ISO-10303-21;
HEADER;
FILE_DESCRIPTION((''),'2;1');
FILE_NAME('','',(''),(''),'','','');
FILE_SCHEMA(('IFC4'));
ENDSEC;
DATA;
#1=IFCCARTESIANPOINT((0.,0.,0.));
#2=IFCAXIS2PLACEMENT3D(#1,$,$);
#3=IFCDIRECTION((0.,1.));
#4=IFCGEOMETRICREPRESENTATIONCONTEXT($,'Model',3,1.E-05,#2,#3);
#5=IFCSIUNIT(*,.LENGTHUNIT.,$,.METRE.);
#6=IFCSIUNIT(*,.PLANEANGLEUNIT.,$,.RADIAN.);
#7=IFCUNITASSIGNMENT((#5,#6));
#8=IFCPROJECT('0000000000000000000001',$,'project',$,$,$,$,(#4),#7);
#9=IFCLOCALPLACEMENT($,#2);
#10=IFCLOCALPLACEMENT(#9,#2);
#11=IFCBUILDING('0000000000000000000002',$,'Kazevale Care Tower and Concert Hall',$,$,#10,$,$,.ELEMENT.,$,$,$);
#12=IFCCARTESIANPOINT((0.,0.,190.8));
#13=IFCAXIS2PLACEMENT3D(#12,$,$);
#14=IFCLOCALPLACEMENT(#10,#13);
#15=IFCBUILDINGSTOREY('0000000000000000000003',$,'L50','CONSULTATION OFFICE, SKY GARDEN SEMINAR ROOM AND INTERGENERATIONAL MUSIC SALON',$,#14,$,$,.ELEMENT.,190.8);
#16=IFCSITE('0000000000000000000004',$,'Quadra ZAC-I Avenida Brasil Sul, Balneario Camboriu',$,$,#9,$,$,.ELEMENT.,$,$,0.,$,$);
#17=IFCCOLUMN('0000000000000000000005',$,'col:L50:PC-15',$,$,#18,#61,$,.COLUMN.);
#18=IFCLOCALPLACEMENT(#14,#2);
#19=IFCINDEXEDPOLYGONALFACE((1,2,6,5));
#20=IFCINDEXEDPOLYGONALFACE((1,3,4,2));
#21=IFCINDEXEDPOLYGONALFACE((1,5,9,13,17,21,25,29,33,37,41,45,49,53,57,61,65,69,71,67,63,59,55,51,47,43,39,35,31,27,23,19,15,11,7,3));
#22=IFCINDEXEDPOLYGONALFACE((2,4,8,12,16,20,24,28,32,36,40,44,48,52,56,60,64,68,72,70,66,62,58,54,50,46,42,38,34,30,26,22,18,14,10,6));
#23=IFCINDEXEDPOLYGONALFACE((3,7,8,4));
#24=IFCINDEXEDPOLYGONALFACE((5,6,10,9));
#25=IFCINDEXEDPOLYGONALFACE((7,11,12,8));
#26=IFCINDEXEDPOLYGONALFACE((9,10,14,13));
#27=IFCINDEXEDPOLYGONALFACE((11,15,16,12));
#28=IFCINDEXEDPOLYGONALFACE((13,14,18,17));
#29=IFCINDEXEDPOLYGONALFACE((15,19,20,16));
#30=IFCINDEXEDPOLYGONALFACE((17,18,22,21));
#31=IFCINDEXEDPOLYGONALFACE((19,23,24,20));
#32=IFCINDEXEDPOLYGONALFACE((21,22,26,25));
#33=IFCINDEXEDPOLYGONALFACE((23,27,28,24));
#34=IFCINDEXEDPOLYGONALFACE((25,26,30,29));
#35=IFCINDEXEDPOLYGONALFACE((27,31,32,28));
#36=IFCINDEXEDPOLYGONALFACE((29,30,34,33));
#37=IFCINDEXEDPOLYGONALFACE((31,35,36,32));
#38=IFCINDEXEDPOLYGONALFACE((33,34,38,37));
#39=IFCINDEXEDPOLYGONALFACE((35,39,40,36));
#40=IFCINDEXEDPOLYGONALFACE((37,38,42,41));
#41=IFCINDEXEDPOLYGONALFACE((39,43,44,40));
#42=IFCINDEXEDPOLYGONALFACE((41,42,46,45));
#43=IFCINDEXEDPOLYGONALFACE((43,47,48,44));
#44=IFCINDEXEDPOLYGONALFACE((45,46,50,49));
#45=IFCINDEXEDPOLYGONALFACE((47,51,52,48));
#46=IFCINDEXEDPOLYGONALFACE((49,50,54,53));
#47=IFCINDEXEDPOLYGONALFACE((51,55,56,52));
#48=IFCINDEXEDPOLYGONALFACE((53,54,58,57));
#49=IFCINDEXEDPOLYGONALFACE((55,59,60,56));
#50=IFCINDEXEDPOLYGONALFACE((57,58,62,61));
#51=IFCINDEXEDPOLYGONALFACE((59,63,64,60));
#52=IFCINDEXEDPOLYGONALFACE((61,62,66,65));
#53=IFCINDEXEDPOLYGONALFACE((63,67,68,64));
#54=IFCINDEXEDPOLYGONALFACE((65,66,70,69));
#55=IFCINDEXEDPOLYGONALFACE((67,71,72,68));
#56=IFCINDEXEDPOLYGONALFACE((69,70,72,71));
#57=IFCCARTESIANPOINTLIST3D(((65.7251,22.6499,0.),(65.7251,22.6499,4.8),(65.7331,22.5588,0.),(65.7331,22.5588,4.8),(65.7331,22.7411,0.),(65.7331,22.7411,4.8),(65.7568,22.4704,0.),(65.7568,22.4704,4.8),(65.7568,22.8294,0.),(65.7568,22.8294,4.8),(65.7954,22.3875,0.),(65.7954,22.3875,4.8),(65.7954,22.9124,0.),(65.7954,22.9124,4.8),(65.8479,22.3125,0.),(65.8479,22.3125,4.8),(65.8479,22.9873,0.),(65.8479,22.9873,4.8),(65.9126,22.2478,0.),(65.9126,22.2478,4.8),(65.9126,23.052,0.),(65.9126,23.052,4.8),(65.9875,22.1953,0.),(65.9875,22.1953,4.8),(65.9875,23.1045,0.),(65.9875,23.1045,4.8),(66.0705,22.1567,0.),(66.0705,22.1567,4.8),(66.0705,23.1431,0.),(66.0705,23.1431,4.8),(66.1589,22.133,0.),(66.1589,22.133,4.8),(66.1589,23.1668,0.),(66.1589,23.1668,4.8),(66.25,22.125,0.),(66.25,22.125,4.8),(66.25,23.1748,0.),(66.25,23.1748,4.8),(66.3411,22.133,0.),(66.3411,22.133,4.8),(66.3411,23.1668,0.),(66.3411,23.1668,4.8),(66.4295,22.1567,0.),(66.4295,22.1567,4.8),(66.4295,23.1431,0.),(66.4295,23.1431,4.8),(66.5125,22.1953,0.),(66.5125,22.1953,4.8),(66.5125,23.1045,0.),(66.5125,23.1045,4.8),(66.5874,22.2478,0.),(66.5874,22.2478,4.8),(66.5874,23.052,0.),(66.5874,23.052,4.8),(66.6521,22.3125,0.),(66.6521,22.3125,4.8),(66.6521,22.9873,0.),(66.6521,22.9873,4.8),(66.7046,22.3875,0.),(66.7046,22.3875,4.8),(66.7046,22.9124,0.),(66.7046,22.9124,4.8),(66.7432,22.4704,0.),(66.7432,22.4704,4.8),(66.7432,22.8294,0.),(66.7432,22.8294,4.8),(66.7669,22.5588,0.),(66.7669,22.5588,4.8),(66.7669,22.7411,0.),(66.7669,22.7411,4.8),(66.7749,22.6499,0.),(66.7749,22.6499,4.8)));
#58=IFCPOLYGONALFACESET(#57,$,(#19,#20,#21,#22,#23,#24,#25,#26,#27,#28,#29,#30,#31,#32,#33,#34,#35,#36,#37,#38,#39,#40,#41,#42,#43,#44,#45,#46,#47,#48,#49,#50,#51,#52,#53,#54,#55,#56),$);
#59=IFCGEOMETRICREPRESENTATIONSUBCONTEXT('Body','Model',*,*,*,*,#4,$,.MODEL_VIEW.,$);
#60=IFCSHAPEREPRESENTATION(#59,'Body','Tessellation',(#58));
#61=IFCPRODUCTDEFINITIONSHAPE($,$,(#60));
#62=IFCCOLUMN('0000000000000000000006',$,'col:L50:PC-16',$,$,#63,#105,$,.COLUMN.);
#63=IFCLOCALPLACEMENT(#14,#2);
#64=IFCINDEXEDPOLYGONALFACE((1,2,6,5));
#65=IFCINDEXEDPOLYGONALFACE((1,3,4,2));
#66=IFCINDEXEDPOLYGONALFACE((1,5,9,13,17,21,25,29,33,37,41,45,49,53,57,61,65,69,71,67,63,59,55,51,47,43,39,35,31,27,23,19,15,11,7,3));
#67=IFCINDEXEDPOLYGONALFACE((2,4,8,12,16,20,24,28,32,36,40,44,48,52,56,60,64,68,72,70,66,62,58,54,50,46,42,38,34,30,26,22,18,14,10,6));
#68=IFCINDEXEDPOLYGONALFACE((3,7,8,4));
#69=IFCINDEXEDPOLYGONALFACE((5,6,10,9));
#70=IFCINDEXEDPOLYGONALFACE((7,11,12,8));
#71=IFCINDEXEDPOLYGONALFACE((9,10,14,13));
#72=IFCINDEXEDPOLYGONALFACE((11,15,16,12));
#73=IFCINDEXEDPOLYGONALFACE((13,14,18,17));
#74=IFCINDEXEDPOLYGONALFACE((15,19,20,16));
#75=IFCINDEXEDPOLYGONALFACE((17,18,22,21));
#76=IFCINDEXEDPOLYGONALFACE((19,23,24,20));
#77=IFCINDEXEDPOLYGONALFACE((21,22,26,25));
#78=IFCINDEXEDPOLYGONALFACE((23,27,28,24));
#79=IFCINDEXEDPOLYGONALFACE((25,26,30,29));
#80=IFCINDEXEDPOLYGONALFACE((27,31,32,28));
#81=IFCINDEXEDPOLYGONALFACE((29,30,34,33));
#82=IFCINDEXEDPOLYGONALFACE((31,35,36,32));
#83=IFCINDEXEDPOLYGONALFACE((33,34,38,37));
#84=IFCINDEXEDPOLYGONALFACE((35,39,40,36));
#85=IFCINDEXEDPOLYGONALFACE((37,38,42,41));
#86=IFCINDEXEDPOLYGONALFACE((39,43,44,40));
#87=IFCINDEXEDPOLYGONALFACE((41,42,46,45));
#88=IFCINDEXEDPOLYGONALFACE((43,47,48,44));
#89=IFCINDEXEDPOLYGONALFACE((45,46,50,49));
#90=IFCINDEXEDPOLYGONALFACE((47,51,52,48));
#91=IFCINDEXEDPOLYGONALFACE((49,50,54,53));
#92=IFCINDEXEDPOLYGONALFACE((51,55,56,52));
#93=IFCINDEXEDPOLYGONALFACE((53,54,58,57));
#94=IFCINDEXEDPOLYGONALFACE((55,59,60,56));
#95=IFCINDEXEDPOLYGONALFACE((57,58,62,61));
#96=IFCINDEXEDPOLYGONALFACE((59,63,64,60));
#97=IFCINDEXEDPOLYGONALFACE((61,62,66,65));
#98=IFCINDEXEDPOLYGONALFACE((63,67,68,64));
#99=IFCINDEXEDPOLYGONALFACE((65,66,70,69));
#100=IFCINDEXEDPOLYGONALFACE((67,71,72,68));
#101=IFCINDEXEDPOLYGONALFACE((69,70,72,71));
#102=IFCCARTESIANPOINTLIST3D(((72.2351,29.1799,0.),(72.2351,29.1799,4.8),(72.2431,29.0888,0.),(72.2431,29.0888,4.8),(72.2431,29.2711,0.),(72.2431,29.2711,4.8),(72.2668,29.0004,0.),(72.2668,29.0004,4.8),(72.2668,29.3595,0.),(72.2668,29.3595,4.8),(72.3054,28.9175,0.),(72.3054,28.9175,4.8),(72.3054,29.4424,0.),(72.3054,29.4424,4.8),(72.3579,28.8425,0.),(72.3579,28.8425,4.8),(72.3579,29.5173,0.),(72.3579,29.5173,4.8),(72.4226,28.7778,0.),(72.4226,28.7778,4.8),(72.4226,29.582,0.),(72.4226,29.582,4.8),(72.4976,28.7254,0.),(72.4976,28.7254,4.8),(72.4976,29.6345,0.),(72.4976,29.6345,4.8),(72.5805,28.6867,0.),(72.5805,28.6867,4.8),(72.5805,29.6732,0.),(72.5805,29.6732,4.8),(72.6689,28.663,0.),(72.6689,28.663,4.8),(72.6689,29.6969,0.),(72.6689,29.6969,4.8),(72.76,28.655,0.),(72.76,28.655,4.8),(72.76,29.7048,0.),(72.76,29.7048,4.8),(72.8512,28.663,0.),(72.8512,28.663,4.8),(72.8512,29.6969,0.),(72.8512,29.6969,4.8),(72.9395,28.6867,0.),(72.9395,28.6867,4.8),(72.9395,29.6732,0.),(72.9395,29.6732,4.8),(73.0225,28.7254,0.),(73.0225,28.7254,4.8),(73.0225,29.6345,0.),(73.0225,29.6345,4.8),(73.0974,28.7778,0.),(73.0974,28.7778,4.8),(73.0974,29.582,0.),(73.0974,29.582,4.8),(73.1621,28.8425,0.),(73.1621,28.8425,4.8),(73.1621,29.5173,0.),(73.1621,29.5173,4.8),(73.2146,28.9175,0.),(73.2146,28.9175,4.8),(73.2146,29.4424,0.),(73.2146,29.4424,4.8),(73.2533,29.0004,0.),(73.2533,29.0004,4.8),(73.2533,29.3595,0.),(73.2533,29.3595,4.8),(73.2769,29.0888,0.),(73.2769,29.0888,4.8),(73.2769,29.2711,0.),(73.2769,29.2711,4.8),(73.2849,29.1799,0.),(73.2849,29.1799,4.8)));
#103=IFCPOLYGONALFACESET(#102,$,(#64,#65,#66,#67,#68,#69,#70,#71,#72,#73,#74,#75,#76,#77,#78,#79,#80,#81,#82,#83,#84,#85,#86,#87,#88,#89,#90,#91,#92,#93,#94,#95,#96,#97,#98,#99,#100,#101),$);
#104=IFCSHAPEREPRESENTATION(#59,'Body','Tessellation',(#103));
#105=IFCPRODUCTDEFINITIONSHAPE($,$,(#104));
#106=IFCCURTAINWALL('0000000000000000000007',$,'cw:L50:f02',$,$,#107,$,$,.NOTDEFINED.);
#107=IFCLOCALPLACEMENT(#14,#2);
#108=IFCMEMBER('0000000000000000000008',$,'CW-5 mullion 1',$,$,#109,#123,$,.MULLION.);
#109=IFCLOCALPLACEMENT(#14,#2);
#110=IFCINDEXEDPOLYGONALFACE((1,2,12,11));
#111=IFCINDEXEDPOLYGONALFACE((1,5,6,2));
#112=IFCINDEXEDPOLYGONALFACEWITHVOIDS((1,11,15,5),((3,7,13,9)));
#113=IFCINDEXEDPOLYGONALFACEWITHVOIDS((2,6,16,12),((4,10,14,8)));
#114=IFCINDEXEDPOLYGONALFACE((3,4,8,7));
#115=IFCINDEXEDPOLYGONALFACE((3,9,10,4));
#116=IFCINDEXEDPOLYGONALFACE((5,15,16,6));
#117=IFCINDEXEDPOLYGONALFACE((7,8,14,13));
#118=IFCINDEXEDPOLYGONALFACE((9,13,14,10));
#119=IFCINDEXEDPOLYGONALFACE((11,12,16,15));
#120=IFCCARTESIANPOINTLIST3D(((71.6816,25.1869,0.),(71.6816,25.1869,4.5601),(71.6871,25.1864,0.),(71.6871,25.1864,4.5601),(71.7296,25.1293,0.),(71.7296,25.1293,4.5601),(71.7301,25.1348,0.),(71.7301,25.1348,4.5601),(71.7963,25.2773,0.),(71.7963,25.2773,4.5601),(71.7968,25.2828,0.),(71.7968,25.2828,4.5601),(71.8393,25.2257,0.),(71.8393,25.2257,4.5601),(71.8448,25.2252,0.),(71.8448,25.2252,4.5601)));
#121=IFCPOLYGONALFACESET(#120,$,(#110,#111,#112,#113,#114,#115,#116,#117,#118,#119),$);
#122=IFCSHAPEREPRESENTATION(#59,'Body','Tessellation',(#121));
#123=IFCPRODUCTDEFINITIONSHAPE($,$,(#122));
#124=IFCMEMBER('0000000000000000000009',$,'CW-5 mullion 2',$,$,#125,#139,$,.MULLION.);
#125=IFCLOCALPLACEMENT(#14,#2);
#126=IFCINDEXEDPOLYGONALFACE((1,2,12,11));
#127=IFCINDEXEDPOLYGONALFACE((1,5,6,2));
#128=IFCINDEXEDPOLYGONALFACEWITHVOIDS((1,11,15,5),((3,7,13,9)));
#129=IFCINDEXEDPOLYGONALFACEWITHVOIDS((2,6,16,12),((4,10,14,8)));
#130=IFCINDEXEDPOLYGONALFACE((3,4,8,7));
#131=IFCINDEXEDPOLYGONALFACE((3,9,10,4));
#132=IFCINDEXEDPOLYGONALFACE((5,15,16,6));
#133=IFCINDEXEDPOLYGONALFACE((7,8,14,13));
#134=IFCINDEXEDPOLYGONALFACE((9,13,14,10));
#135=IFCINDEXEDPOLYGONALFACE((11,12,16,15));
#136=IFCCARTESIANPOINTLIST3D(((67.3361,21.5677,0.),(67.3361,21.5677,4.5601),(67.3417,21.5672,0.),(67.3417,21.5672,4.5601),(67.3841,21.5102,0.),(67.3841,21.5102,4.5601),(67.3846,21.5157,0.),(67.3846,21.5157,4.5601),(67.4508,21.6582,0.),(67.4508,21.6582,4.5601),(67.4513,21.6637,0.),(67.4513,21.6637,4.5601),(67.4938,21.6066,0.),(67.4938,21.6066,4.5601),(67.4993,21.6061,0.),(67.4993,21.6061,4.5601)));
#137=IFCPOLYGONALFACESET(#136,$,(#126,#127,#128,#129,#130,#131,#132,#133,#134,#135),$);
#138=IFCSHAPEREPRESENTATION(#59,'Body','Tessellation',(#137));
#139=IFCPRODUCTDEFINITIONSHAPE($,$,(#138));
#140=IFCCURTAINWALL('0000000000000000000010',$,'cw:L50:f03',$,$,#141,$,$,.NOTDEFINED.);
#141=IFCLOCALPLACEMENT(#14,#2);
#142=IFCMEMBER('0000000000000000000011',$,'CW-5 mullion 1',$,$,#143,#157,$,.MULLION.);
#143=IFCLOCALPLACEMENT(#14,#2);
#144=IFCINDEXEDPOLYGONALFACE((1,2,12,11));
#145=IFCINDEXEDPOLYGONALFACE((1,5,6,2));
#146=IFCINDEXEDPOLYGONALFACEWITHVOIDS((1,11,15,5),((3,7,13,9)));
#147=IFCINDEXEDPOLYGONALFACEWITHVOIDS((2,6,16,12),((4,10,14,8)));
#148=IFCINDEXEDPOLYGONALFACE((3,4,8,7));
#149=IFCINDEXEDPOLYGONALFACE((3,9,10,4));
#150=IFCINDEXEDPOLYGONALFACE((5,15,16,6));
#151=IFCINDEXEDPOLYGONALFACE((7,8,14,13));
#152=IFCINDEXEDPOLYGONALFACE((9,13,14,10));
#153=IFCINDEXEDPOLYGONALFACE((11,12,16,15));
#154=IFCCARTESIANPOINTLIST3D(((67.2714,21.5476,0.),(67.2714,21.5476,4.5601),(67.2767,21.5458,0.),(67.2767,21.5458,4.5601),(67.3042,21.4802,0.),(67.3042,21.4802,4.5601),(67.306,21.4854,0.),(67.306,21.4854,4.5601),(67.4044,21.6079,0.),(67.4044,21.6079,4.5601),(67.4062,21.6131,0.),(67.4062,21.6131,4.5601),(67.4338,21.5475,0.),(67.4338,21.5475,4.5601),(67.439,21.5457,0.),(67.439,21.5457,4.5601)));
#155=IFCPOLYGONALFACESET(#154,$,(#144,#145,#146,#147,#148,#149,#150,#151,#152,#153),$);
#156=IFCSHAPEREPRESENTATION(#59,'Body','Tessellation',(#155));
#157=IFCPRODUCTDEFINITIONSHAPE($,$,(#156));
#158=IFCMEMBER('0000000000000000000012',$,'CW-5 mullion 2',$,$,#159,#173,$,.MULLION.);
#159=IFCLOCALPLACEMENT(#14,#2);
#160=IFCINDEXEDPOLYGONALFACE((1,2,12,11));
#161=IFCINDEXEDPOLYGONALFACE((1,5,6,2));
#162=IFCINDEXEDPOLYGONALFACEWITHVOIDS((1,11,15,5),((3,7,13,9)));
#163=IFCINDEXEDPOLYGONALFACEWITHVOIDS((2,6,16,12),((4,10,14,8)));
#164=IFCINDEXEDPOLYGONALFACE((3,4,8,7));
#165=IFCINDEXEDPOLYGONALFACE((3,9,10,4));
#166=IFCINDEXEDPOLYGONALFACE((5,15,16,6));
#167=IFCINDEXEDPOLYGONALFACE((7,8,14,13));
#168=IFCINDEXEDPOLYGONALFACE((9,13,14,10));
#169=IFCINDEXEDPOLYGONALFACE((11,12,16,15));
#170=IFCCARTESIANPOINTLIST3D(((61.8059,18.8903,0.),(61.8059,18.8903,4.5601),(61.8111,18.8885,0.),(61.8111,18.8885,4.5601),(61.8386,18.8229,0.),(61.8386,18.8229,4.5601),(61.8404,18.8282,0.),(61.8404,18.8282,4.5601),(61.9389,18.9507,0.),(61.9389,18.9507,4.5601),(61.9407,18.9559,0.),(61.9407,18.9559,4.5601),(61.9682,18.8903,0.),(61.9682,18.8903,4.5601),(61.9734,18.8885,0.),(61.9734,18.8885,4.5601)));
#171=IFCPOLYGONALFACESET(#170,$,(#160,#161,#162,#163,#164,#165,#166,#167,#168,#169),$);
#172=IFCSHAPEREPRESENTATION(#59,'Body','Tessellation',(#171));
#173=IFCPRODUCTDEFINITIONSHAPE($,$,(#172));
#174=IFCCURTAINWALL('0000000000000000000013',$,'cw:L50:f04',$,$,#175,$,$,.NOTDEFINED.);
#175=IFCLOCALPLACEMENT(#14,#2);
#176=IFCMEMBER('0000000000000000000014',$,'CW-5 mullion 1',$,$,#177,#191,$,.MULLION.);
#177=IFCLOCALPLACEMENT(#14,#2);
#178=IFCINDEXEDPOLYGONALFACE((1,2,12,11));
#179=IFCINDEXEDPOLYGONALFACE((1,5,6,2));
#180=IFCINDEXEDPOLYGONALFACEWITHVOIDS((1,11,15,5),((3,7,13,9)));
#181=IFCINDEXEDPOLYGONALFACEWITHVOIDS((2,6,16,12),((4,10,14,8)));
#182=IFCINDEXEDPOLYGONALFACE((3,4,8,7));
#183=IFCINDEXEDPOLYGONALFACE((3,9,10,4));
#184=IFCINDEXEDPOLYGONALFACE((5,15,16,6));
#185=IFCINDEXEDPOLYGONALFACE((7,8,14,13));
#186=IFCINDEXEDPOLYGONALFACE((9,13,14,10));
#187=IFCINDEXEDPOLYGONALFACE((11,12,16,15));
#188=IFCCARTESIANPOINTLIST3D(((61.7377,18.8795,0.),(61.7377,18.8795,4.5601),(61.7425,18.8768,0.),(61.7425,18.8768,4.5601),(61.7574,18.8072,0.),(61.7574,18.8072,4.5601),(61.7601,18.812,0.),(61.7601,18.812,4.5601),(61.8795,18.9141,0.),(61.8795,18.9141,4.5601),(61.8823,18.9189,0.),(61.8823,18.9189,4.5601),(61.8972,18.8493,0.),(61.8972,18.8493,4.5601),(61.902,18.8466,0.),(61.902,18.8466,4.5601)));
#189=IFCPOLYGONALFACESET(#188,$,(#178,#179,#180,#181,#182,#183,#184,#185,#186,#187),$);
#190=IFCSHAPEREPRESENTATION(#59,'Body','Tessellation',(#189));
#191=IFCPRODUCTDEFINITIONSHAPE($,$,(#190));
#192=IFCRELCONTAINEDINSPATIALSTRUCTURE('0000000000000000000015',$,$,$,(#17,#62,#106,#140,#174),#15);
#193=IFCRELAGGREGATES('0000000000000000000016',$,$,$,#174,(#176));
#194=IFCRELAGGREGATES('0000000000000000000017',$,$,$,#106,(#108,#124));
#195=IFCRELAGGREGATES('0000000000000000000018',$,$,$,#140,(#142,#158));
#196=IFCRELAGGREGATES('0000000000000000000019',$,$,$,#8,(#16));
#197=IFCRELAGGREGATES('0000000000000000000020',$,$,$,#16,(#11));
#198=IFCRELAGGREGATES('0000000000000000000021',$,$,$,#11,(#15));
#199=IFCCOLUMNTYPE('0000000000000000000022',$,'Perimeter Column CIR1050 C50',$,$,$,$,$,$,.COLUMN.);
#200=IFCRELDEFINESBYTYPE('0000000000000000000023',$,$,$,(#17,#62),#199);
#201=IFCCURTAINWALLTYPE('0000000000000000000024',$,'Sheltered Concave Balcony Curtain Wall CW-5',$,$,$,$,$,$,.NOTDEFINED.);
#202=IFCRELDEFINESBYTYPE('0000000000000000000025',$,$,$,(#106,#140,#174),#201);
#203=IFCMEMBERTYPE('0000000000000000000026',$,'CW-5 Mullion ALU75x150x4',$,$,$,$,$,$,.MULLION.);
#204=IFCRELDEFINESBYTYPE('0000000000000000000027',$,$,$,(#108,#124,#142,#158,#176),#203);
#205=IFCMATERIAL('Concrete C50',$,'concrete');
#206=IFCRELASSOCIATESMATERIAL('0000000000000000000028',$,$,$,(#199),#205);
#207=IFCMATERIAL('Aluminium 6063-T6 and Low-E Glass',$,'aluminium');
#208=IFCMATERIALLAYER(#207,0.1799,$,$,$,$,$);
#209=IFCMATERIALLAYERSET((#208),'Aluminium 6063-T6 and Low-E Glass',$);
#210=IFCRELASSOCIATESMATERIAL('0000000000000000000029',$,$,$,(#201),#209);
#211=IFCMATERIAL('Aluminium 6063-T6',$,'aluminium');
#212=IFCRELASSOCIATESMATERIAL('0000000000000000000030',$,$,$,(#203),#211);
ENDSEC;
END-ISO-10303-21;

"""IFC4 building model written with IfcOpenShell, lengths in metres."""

from ifc_helpers import new_model, si_unit, direction, frame, origin, origin_2d, place, context, subcontext, project, spatial, hollow_rectangle, circle, extrude, material, layer, layer_set, material_profile, profile_set, type_object, element, aggregate, save


model = new_model("IFC4")

# Units and contexts
model_context = context("Model", 3, precision=1e-05, world=origin(), true_north=direction((0.0, 1.0)))
body_context = subcontext(model_context, "Body", "Model", "MODEL_VIEW")
ifc_project = project(units=[si_unit("LENGTHUNIT", "METRE"), si_unit("PLANEANGLEUNIT", "RADIAN")], contexts=[model_context])

# Site, building, storey
site_placement = place(None, origin())
site = spatial("IfcSite", under=ifc_project, at=site_placement, Name="Quadra ZAC-I Avenida Brasil Sul, Balneario Camboriu", CompositionType="ELEMENT", RefElevation=0.0)
building_placement = place(site_placement, origin())
building = spatial("IfcBuilding", under=site, at=building_placement, Name="Kazevale Care Tower and Concert Hall", CompositionType="ELEMENT")
storey_placement = place(building_placement, frame((0.0, 0.0, 190.8)))
storey = spatial("IfcBuildingStorey", under=building, at=storey_placement, Name="L50", Description="CONSULTATION OFFICE, SKY GARDEN SEMINAR ROOM AND INTERGENERATIONAL MUSIC SALON", CompositionType="ELEMENT", Elevation=190.8)

# Columns
ifc_material_1 = material(Name="Concrete C50", Category="concrete")
ifc_material_profile_1 = material_profile(ifc_material_1, circle(Radius=0.5249, at=origin_2d()), Name="RC-CIR1050")
ifc_profile_set_1 = profile_set([ifc_material_profile_1], Name="Concrete C50")
column_type = type_object("IfcColumnType", Name="Perimeter Column CIR1050 C50", PredefinedType="COLUMN", material=ifc_profile_set_1)
for number, where, z_axis, x_axis, name in (
    (1, (66.25, 22.6499, 0.0), (0.0, 0.0, 1.0), (1.0, 0.0, 0.0), "col:L50:PC-15"),
    (2, (72.76, 29.1799, 0.0), (0.0, 0.0, 1.0), (1.0, 0.0, 0.0), "col:L50:PC-16"),
):
    element("IfcColumn", number, at=place(storey_placement, frame(where, z_axis=z_axis, x_axis=x_axis)), inside=storey, type_object=column_type, Name=name, PredefinedType="COLUMN", context=body_context, shape_type="SweptSolid", body=[
        extrude(circle(Radius=0.5249, at=origin_2d()), origin(), (0.0, 0.0, 1.0), 4.8),
    ])

# Curtain walls, members
ifc_material_2 = material(Name="Aluminium 6063-T6 and Low-E Glass", Category="aluminium")
ifc_layer_1 = layer(ifc_material_2, 0.1799)
ifc_layer_set_1 = layer_set([ifc_layer_1], Name="Aluminium 6063-T6 and Low-E Glass")
curtain_wall_type = type_object("IfcCurtainWallType", Name="Sheltered Concave Balcony Curtain Wall CW-5", PredefinedType="NOTDEFINED", material=ifc_layer_set_1)
curtain_wall_1_placement = place(storey_placement, origin())
curtain_wall_1 = element("IfcCurtainWall", 3, at=curtain_wall_1_placement, inside=storey, type_object=curtain_wall_type, Name="cw:L50:f02", PredefinedType="NOTDEFINED")
ifc_material_3 = material(Name="Aluminium 6063-T6", Category="aluminium")
ifc_material_profile_2 = material_profile(ifc_material_3, hollow_rectangle(XDim=0.075, YDim=0.1499, WallThickness=0.0039, at=origin_2d()), Name="ALU75x150x4")
ifc_profile_set_2 = profile_set([ifc_material_profile_2], Name="Aluminium 6063-T6")
member_type_1 = type_object("IfcMemberType", Name="CW-5 Mullion ALU75x150x4", PredefinedType="MULLION", material=ifc_profile_set_2)
member_1_placement = place(storey_placement, frame((71.7632, 25.2061, 0.0), z_axis=(0.0, 0.0, 1.0), x_axis=(0.639961, -0.768407, 0.0)))
member_1 = element("IfcMember", 4, at=member_1_placement, type_object=member_type_1, Name="CW-5 mullion 1", PredefinedType="MULLION", context=body_context, shape_type="SweptSolid", body=[
    extrude(hollow_rectangle(XDim=0.075, YDim=0.1499, WallThickness=0.0039, at=origin_2d()), origin(), (0.0, 0.0, 1.0), 4.5601),
])
member_2_placement = place(storey_placement, frame((67.4177, 21.5869, 0.0), z_axis=(0.0, 0.0, 1.0), x_axis=(0.639961, -0.768407, 0.0)))
member_2 = element("IfcMember", 5, at=member_2_placement, type_object=member_type_1, Name="CW-5 mullion 2", PredefinedType="MULLION", context=body_context, shape_type="SweptSolid", body=[
    extrude(hollow_rectangle(XDim=0.075, YDim=0.1499, WallThickness=0.0039, at=origin_2d()), origin(), (0.0, 0.0, 1.0), 4.5601),
])
curtain_wall_2_placement = place(storey_placement, origin())
curtain_wall_2 = element("IfcCurtainWall", 6, at=curtain_wall_2_placement, inside=storey, type_object=curtain_wall_type, Name="cw:L50:f03", PredefinedType="NOTDEFINED")
member_3_placement = place(storey_placement, frame((67.3552, 21.5466, 0.0), z_axis=(0.0, 0.0, 1.0), x_axis=(0.437238, -0.899346, 0.0)))
member_3 = element("IfcMember", 7, at=member_3_placement, type_object=member_type_1, Name="CW-5 mullion 1", PredefinedType="MULLION", context=body_context, shape_type="SweptSolid", body=[
    extrude(hollow_rectangle(XDim=0.075, YDim=0.1499, WallThickness=0.0039, at=origin_2d()), origin(), (0.0, 0.0, 1.0), 4.5601),
])
member_4_placement = place(storey_placement, frame((61.8896, 18.8894, 0.0), z_axis=(0.0, 0.0, 1.0), x_axis=(0.437238, -0.899346, 0.0)))
member_4 = element("IfcMember", 8, at=member_4_placement, type_object=member_type_1, Name="CW-5 mullion 2", PredefinedType="MULLION", context=body_context, shape_type="SweptSolid", body=[
    extrude(hollow_rectangle(XDim=0.075, YDim=0.1499, WallThickness=0.0039, at=origin_2d()), origin(), (0.0, 0.0, 1.0), 4.5601),
])

# Curtain wall, member
curtain_wall_3_placement = place(storey_placement, origin())
curtain_wall_3 = element("IfcCurtainWall", 9, at=curtain_wall_3_placement, inside=storey, type_object=curtain_wall_type, Name="cw:L50:f04", PredefinedType="NOTDEFINED")
member_5_placement = place(storey_placement, frame((61.8198, 18.863, 0.0), z_axis=(0.0, 0.0, 1.0), x_axis=(0.262849, -0.964837, 0.0)))
member_5 = element("IfcMember", 10, at=member_5_placement, type_object=member_type_1, Name="CW-5 mullion 1", PredefinedType="MULLION", context=body_context, shape_type="SweptSolid", body=[
    extrude(hollow_rectangle(XDim=0.075, YDim=0.1499, WallThickness=0.0039, at=origin_2d()), origin(), (0.0, 0.0, 1.0), 4.5601),
])

aggregate(curtain_wall_3, [member_5])

aggregate(curtain_wall_1, [member_1, member_2])
aggregate(curtain_wall_2, [member_3, member_4])

save(model, "model.ifc")
